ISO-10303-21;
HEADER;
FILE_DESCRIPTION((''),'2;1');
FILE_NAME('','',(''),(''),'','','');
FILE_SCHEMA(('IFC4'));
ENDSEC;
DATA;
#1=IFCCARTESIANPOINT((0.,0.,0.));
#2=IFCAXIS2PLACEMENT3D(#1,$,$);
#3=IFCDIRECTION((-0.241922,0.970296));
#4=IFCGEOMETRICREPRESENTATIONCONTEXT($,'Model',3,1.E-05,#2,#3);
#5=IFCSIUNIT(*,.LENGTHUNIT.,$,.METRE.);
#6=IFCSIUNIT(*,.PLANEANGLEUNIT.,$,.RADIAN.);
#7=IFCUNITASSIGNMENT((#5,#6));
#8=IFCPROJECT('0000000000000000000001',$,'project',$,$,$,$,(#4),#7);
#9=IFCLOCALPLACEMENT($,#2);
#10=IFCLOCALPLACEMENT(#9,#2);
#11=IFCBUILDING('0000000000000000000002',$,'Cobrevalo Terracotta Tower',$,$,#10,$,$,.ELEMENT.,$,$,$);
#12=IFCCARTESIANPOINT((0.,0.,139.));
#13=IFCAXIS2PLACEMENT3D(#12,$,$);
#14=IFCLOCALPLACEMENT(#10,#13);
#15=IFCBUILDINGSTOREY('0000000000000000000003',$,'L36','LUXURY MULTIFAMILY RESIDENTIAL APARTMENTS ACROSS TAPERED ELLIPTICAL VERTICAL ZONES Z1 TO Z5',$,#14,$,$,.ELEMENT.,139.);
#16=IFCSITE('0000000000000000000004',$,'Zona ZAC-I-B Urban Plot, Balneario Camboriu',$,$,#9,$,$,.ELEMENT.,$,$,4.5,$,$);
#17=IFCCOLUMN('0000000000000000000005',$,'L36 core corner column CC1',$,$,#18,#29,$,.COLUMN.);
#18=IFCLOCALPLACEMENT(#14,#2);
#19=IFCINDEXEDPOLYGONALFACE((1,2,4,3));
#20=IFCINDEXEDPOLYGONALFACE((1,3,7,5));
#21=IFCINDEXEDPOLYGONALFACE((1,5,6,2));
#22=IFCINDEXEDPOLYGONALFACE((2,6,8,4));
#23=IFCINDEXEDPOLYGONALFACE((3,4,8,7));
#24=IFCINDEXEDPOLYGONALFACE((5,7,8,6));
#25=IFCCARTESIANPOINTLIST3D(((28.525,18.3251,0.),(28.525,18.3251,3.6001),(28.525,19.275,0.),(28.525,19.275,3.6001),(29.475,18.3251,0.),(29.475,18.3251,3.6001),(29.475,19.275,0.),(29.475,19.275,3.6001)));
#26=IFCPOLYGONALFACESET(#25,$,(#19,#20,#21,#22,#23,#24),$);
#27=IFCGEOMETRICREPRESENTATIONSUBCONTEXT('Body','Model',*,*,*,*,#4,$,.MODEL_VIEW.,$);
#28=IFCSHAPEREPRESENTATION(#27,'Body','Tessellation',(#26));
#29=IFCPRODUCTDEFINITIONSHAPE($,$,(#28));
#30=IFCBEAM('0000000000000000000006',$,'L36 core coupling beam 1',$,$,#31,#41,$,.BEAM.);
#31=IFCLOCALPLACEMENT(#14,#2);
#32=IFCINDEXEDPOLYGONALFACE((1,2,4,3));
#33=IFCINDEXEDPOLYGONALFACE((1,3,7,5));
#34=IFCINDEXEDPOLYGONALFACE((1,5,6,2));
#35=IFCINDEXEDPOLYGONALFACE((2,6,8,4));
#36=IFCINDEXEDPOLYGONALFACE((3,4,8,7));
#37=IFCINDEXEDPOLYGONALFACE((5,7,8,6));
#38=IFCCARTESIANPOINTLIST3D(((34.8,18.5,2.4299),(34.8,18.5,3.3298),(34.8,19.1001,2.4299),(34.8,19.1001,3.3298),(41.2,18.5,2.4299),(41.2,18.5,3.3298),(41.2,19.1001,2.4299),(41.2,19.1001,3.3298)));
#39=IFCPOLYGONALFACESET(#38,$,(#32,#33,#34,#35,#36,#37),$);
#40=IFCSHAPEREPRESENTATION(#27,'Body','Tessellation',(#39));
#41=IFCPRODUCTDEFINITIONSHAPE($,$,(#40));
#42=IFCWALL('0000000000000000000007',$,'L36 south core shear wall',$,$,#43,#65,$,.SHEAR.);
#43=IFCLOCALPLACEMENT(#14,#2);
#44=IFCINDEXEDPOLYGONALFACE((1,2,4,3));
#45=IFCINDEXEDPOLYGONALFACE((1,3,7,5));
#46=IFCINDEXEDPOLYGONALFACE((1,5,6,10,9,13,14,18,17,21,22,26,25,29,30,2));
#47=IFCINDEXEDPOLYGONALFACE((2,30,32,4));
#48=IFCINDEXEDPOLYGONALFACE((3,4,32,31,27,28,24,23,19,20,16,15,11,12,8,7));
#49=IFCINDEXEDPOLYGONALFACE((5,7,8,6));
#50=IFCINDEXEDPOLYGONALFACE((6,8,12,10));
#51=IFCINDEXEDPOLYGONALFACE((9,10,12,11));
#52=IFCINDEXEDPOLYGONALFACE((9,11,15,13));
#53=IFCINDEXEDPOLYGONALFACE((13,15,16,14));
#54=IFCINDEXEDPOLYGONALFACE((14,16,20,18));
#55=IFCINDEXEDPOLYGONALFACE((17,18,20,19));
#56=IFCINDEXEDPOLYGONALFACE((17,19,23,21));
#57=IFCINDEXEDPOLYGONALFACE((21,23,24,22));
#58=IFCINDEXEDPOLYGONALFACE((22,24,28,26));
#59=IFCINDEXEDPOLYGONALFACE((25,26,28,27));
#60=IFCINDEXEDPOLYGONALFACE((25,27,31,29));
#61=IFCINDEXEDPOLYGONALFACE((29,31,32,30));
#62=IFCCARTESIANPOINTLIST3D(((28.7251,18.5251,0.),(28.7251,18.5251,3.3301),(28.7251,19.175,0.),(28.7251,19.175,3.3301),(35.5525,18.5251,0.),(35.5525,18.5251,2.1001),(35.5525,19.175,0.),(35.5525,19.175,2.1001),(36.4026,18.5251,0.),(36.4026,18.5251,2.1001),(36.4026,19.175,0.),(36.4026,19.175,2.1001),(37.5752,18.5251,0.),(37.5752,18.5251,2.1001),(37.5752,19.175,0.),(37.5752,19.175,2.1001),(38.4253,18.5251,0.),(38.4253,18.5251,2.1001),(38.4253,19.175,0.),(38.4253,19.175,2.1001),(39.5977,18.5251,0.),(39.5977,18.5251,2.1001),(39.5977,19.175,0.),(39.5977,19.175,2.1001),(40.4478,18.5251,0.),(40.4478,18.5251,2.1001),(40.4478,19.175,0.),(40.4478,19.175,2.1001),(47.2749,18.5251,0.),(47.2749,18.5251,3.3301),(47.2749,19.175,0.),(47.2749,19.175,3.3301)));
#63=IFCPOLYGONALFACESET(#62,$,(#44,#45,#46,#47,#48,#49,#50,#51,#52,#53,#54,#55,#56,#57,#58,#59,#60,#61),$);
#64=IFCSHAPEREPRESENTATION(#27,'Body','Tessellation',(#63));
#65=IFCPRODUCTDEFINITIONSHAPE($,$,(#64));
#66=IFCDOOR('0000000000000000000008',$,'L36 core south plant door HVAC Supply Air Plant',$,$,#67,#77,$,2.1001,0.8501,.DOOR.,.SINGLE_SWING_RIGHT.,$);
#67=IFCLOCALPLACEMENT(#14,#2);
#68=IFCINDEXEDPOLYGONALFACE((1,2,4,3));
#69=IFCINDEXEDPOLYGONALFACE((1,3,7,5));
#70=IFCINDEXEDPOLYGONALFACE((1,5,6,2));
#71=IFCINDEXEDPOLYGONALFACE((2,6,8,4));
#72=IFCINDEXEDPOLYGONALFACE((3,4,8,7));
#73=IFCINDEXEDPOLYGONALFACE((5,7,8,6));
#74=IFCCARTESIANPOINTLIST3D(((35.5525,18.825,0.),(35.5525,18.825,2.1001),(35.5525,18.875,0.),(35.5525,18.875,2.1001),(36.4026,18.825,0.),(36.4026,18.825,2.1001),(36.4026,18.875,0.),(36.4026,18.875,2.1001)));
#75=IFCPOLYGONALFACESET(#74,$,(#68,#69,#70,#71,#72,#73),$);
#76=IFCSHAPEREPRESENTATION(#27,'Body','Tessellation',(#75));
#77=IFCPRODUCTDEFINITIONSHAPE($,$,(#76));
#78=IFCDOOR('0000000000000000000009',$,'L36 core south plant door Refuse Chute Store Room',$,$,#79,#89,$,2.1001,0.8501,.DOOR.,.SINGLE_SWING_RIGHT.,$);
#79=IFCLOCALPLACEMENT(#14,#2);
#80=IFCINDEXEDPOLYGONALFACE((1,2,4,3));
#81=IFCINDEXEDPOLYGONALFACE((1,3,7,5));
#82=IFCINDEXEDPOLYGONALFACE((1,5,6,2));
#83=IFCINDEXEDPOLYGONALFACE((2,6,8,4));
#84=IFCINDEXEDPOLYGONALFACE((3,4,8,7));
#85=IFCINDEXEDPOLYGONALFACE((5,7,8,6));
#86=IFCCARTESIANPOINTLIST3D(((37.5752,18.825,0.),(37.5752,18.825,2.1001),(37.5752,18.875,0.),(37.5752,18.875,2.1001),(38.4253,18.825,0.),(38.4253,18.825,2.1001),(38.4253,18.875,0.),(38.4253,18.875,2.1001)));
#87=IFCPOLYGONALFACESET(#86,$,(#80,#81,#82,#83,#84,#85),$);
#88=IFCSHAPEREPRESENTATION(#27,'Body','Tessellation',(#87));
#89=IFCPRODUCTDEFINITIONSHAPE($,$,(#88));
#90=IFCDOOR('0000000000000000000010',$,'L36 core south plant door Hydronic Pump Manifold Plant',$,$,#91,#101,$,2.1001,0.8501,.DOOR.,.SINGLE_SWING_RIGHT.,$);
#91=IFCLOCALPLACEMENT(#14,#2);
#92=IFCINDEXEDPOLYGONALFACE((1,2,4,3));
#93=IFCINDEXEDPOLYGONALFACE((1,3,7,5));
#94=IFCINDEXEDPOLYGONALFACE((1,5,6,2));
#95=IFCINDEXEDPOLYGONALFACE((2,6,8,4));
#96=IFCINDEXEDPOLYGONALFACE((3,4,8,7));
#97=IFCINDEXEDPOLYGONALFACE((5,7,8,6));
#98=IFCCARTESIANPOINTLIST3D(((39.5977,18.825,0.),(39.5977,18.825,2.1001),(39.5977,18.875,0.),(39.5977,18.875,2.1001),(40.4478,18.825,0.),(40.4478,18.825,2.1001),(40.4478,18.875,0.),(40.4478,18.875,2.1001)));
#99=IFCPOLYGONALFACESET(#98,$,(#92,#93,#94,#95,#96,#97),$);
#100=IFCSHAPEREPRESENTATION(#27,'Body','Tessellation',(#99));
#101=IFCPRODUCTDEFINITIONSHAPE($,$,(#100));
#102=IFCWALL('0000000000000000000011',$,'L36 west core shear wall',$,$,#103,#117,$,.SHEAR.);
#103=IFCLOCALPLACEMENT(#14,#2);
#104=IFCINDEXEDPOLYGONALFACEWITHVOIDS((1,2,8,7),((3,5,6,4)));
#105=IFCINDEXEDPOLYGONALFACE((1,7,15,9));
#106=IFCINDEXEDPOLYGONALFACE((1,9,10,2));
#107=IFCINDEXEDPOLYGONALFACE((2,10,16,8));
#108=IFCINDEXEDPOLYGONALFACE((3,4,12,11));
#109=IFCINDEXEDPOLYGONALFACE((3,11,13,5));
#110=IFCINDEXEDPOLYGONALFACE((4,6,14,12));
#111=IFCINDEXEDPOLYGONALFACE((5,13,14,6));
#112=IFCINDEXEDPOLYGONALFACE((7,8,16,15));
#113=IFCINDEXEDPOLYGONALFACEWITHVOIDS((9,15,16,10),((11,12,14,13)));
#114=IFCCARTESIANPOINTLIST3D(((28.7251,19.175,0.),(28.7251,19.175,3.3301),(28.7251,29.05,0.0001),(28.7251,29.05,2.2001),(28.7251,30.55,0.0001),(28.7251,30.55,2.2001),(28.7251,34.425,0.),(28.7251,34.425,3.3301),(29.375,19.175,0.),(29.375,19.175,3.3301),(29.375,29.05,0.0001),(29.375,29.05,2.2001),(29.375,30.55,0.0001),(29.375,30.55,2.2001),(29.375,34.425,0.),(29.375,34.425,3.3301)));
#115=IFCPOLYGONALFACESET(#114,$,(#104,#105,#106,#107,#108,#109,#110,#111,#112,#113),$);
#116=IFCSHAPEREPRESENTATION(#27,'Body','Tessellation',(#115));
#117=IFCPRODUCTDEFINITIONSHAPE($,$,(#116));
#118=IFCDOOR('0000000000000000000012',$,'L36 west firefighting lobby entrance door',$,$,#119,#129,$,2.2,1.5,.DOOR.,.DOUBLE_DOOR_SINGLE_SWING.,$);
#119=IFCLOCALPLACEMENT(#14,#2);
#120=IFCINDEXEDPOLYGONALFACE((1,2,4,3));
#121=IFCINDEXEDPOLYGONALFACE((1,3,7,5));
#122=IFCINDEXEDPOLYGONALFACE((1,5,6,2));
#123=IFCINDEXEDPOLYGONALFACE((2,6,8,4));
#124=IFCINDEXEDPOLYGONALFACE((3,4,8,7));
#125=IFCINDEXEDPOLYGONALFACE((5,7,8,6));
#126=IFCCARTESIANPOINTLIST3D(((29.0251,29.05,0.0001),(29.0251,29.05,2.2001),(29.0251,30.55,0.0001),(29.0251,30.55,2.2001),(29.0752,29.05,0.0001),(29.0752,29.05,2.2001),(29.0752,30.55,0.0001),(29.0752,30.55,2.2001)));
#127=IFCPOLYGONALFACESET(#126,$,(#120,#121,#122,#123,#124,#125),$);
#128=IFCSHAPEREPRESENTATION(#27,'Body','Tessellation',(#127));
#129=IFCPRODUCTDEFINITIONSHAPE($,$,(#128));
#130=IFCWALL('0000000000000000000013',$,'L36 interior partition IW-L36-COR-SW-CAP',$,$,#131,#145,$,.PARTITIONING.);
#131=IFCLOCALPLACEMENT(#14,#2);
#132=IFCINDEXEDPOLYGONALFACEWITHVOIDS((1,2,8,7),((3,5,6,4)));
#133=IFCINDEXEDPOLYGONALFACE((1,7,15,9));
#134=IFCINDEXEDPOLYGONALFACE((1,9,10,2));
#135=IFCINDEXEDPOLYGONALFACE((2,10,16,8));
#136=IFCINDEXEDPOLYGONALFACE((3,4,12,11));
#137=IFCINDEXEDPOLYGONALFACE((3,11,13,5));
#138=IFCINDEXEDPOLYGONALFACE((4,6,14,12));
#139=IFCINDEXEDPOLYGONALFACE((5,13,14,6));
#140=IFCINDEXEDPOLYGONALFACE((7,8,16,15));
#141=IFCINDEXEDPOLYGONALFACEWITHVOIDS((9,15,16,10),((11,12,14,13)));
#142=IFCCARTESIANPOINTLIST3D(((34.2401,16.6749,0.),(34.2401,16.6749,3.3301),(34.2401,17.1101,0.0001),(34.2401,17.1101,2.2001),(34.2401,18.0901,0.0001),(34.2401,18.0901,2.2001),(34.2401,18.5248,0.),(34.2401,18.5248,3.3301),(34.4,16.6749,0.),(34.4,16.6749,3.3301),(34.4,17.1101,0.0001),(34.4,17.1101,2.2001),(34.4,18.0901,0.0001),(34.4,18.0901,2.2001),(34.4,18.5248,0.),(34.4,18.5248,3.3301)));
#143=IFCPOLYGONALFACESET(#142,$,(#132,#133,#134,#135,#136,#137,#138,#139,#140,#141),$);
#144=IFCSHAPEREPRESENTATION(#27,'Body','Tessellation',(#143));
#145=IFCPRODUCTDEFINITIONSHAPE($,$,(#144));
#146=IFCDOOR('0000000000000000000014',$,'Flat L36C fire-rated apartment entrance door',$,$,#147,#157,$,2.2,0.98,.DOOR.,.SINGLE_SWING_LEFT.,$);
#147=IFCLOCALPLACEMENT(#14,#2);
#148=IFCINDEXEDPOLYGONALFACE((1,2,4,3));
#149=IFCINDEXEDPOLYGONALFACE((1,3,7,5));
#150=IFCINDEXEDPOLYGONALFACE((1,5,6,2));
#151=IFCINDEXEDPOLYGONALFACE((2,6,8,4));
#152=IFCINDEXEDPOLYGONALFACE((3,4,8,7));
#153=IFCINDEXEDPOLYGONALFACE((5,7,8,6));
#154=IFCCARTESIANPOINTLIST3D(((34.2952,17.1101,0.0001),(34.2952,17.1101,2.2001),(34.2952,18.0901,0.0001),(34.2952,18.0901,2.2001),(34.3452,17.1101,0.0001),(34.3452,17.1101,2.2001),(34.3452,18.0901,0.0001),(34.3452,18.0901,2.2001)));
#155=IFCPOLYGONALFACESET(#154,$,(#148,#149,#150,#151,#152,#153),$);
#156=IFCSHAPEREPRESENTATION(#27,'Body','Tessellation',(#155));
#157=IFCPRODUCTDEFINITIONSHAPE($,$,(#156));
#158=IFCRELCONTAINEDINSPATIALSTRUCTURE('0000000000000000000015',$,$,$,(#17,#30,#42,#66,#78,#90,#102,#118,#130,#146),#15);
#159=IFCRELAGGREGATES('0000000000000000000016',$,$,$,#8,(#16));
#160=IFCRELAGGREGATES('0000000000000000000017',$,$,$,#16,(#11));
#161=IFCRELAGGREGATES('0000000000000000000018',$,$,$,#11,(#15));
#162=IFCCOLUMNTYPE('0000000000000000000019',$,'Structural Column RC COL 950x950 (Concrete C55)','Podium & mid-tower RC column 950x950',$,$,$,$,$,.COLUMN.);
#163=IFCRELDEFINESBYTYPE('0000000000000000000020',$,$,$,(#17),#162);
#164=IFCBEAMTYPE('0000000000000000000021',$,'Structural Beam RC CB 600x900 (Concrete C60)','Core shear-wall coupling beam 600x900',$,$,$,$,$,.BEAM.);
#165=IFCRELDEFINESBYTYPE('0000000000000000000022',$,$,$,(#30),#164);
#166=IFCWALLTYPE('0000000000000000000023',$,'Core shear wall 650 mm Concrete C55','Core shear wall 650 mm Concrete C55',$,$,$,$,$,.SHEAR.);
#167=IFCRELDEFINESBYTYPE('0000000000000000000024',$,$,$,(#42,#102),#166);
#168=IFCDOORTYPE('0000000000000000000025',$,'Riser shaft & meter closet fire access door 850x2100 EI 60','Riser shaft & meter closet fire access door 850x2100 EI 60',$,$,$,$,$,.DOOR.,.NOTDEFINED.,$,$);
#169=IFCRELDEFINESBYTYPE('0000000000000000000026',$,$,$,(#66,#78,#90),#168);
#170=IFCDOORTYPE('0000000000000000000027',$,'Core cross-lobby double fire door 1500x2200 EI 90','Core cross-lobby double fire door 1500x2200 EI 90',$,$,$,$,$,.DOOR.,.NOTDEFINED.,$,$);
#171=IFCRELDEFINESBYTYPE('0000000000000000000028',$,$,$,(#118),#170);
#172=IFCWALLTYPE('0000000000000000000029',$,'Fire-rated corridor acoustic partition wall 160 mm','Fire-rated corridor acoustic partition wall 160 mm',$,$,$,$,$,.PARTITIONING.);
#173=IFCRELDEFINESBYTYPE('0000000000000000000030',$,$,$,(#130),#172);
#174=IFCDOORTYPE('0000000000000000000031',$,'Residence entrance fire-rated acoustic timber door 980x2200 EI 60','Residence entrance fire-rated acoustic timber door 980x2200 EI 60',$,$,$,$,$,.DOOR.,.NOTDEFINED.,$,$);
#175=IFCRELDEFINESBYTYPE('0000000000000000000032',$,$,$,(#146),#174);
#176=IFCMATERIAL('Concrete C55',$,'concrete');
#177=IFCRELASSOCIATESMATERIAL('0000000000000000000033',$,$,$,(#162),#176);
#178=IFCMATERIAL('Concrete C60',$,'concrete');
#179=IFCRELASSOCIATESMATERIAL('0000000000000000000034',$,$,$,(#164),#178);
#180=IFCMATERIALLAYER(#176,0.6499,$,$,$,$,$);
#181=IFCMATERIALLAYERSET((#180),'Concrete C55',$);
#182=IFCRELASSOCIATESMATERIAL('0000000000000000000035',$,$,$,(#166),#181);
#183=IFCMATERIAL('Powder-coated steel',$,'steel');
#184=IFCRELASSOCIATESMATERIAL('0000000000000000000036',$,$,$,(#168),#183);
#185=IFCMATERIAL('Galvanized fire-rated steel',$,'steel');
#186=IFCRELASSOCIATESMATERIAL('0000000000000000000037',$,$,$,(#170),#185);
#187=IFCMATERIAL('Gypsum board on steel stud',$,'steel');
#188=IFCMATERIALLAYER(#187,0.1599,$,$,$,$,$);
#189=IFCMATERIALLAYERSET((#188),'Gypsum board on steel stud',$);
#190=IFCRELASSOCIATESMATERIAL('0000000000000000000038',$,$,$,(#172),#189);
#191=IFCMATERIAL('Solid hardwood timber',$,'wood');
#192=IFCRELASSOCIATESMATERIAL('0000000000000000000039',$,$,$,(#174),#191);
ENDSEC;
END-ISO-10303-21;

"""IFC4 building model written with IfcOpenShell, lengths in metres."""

from ifc_helpers import new_model, si_unit, direction, frame, frame_2d, origin, origin_2d, place, context, subcontext, project, spatial, rectangle, extrude, source, transform, mapped, material, layer, layer_set, material_profile, profile_set, type_object, element, fill, save


model = new_model("IFC4")

# Units and contexts
model_context = context("Model", 3, precision=1e-05, world=origin(), true_north=direction((-0.241922, 0.970296)))
body_context = subcontext(model_context, "Body", "Model", "MODEL_VIEW")
ifc_project = project(units=[si_unit("LENGTHUNIT", "METRE"), si_unit("PLANEANGLEUNIT", "RADIAN")], contexts=[model_context])

# Site, building, storey
site_placement = place(None, origin())
site = spatial("IfcSite", under=ifc_project, at=site_placement, Name="Zona ZAC-I-B Urban Plot, Balneario Camboriu", CompositionType="ELEMENT", RefElevation=4.5)
building_placement = place(site_placement, origin())
building = spatial("IfcBuilding", under=site, at=building_placement, Name="Cobrevalo Terracotta Tower", CompositionType="ELEMENT")
storey_placement = place(building_placement, frame((0.0, 0.0, 139.0)))
storey = spatial("IfcBuildingStorey", under=building, at=storey_placement, Name="L36", Description="LUXURY MULTIFAMILY RESIDENTIAL APARTMENTS ACROSS TAPERED ELLIPTICAL VERTICAL ZONES Z1 TO Z5", CompositionType="ELEMENT", Elevation=139.0)

# Column
ifc_material_1 = material(Name="Concrete C55", Category="concrete")
ifc_material_profile_1 = material_profile(ifc_material_1, rectangle(XDim=0.95, YDim=0.95, at=origin_2d()), Name="RC COL 950x950")
ifc_profile_set_1 = profile_set([ifc_material_profile_1], Name="Concrete C55")
column_type = type_object("IfcColumnType", Name="Structural Column RC COL 950x950 (Concrete C55)", Description="Podium & mid-tower RC column 950x950", PredefinedType="COLUMN", material=ifc_profile_set_1)
column_placement = place(storey_placement, frame((29.0, 18.8, 0.0), z_axis=(0.0, 0.0, 1.0), x_axis=(1.0, 0.0, 0.0)))
element("IfcColumn", 1, at=column_placement, inside=storey, type_object=column_type, Name="L36 core corner column CC1", PredefinedType="COLUMN", context=body_context, shape_type="SweptSolid", body=[
    extrude(rectangle(XDim=0.95, YDim=0.95, at=origin_2d()), origin(), (0.0, 0.0, 1.0), 3.6001),
])

# Beam
ifc_material_2 = material(Name="Concrete C60", Category="concrete")
ifc_material_profile_2 = material_profile(ifc_material_2, rectangle(XDim=0.6001, YDim=0.8999, at=origin_2d()), Name="RC CB 600x900")
ifc_profile_set_2 = profile_set([ifc_material_profile_2], Name="Concrete C60")
beam_type = type_object("IfcBeamType", Name="Structural Beam RC CB 600x900 (Concrete C60)", Description="Core shear-wall coupling beam 600x900", PredefinedType="BEAM", material=ifc_profile_set_2)
beam_placement = place(storey_placement, frame((34.8, 18.8, 2.8799), z_axis=(1.0, 0.0, 0.0), x_axis=(0.0, 1.0, 0.0)))
element("IfcBeam", 2, at=beam_placement, inside=storey, type_object=beam_type, Name="L36 core coupling beam 1", PredefinedType="BEAM", context=body_context, shape_type="SweptSolid", body=[
    extrude(rectangle(XDim=0.6001, YDim=0.8999, at=origin_2d()), origin(), (0.0, 0.0, 1.0), 6.3999),
])

# Wall, openings, doors
ifc_layer_1 = layer(ifc_material_1, 0.6499)
ifc_layer_set_1 = layer_set([ifc_layer_1], Name="Concrete C55")
wall_type_1 = type_object("IfcWallType", Name="Core shear wall 650 mm Concrete C55", Description="Core shear wall 650 mm Concrete C55", PredefinedType="SHEAR", material=ifc_layer_set_1)
wall_1_placement = place(storey_placement, frame((28.7251, 18.8501, 0.0), z_axis=(0.0, 0.0, 1.0), x_axis=(1.0, 0.0, 0.0)))
wall_1 = element("IfcWall", 3, at=wall_1_placement, inside=storey, type_object=wall_type_1, Name="L36 south core shear wall", PredefinedType="SHEAR", context=body_context, shape_type="SweptSolid", body=[
    extrude(rectangle(XDim=18.5498, YDim=0.6499, at=frame_2d((9.2749, 0.0))), origin(), (0.0, 0.0, 1.0), 3.3301),
])
opening_1_placement = place(wall_1_placement, frame((6.8274, 0.0, 0.0)))
opening_1 = element("IfcOpeningElement", 4, at=opening_1_placement, cuts=wall_1, PredefinedType="OPENING", context=body_context, shape_type="SweptSolid", body=[
    extrude(rectangle(XDim=0.8501, YDim=2.1001, at=frame_2d((0.425, 1.05))), frame((0.0, 0.335, 0.0), z_axis=(0.0, -1.0, 0.0), x_axis=(1.0, 0.0, 0.0)), (0.0, 0.0, 1.0), 0.6699),
])
opening_2_placement = place(wall_1_placement, frame((8.8501, 0.0, 0.0)))
opening_2 = element("IfcOpeningElement", 5, at=opening_2_placement, cuts=wall_1, PredefinedType="OPENING", context=body_context, shape_type="SweptSolid", body=[
    extrude(rectangle(XDim=0.8501, YDim=2.1001, at=frame_2d((0.425, 1.05))), frame((0.0, 0.335, 0.0), z_axis=(0.0, -1.0, 0.0), x_axis=(1.0, 0.0, 0.0)), (0.0, 0.0, 1.0), 0.6699),
])
opening_3_placement = place(wall_1_placement, frame((10.8726, 0.0, 0.0)))
opening_3 = element("IfcOpeningElement", 6, at=opening_3_placement, cuts=wall_1, PredefinedType="OPENING", context=body_context, shape_type="SweptSolid", body=[
    extrude(rectangle(XDim=0.8501, YDim=2.1001, at=frame_2d((0.425, 1.05))), frame((0.0, 0.335, 0.0), z_axis=(0.0, -1.0, 0.0), x_axis=(1.0, 0.0, 0.0)), (0.0, 0.0, 1.0), 0.6699),
])
ifc_material_3 = material(Name="Powder-coated steel", Category="steel")
door_type_1 = type_object("IfcDoorType", Name="Riser shaft & meter closet fire access door 850x2100 EI 60", Description="Riser shaft & meter closet fire access door 850x2100 EI 60", OperationType="NOTDEFINED", PredefinedType="DOOR", material=ifc_material_3)
shared_shape_1 = source(origin(), body_context, "Body", "SweptSolid", [
    extrude(rectangle(XDim=0.8501, YDim=2.1001, at=frame_2d((0.425, 1.05))), frame((0.0, 0.0249, 0.0), z_axis=(0.0, -1.0, 0.0), x_axis=(1.0, 0.0, 0.0)), (0.0, 0.0, 1.0), 0.05),
])
door_1_placement = place(opening_1_placement, origin())
door_1 = element("IfcDoor", 7, at=door_1_placement, inside=storey, type_object=door_type_1, Name="L36 core south plant door HVAC Supply Air Plant", OperationType="SINGLE_SWING_RIGHT", OverallHeight=2.1001, OverallWidth=0.8501, PredefinedType="DOOR", context=body_context, shape_type="MappedRepresentation", body=[
    mapped(shared_shape_1, transform((0.0, 0.0, 0.0), scale=1.0)),
])
fill(opening_1, door_1)
door_2_placement = place(opening_2_placement, origin())
door_2 = element("IfcDoor", 8, at=door_2_placement, inside=storey, type_object=door_type_1, Name="L36 core south plant door Refuse Chute Store Room", OperationType="SINGLE_SWING_RIGHT", OverallHeight=2.1001, OverallWidth=0.8501, PredefinedType="DOOR", context=body_context, shape_type="MappedRepresentation", body=[
    mapped(shared_shape_1, transform((0.0, 0.0, 0.0), scale=1.0)),
])
fill(opening_2, door_2)
door_3_placement = place(opening_3_placement, origin())
door_3 = element("IfcDoor", 9, at=door_3_placement, inside=storey, type_object=door_type_1, Name="L36 core south plant door Hydronic Pump Manifold Plant", OperationType="SINGLE_SWING_RIGHT", OverallHeight=2.1001, OverallWidth=0.8501, PredefinedType="DOOR", context=body_context, shape_type="MappedRepresentation", body=[
    mapped(shared_shape_1, transform((0.0, 0.0, 0.0), scale=1.0)),
])
fill(opening_3, door_3)

# Walls, openings, doors
wall_2_placement = place(storey_placement, frame((29.05, 19.175, 0.0), z_axis=(0.0, 0.0, 1.0), x_axis=(0.0, 1.0, 0.0)))
wall_2 = element("IfcWall", 10, at=wall_2_placement, inside=storey, type_object=wall_type_1, Name="L36 west core shear wall", PredefinedType="SHEAR", context=body_context, shape_type="SweptSolid", body=[
    extrude(rectangle(XDim=15.25, YDim=0.6499, at=frame_2d((7.625, 0.0))), origin(), (0.0, 0.0, 1.0), 3.3301),
])
opening_4_placement = place(wall_2_placement, frame((9.875, 0.0, 0.0)))
opening_4 = element("IfcOpeningElement", 11, at=opening_4_placement, cuts=wall_2, PredefinedType="OPENING", context=body_context, shape_type="SweptSolid", body=[
    extrude(rectangle(XDim=1.5, YDim=2.2, at=frame_2d((0.75, 1.1001))), frame((0.0, 0.335, 0.0), z_axis=(0.0, -1.0, 0.0), x_axis=(1.0, 0.0, 0.0)), (0.0, 0.0, 1.0), 0.6699),
])
ifc_material_4 = material(Name="Galvanized fire-rated steel", Category="steel")
door_type_2 = type_object("IfcDoorType", Name="Core cross-lobby double fire door 1500x2200 EI 90", Description="Core cross-lobby double fire door 1500x2200 EI 90", OperationType="NOTDEFINED", PredefinedType="DOOR", material=ifc_material_4)
shared_shape_2 = source(origin(), body_context, "Body", "SweptSolid", [
    extrude(rectangle(XDim=1.5, YDim=2.2, at=frame_2d((0.75, 1.1001))), frame((0.0, 0.0249, 0.0), z_axis=(0.0, -1.0, 0.0), x_axis=(1.0, 0.0, 0.0)), (0.0, 0.0, 1.0), 0.05),
])
door_4_placement = place(opening_4_placement, origin())
door_4 = element("IfcDoor", 12, at=door_4_placement, inside=storey, type_object=door_type_2, Name="L36 west firefighting lobby entrance door", OperationType="DOUBLE_DOOR_SINGLE_SWING", OverallHeight=2.2, OverallWidth=1.5, PredefinedType="DOOR", context=body_context, shape_type="MappedRepresentation", body=[
    mapped(shared_shape_2, transform((0.0, 0.0, 0.0), scale=1.0)),
])
fill(opening_4, door_4)
ifc_material_5 = material(Name="Gypsum board on steel stud", Category="steel")
ifc_layer_2 = layer(ifc_material_5, 0.1599)
ifc_layer_set_2 = layer_set([ifc_layer_2], Name="Gypsum board on steel stud")
wall_type_2 = type_object("IfcWallType", Name="Fire-rated corridor acoustic partition wall 160 mm", Description="Fire-rated corridor acoustic partition wall 160 mm", PredefinedType="PARTITIONING", material=ifc_layer_set_2)
wall_3_placement = place(storey_placement, frame((34.3201, 16.675, 0.0), z_axis=(0.0, 0.0, 1.0), x_axis=(0.0, 1.0, 0.0)))
wall_3 = element("IfcWall", 13, at=wall_3_placement, inside=storey, type_object=wall_type_2, Name="L36 interior partition IW-L36-COR-SW-CAP", PredefinedType="PARTITIONING", context=body_context, shape_type="SweptSolid", body=[
    extrude(rectangle(XDim=1.8499, YDim=0.1599, at=frame_2d((0.9248, 0.0))), origin(), (0.0, 0.0, 1.0), 3.3301),
])
opening_5_placement = place(wall_3_placement, frame((0.4351, 0.0, 0.0)))
opening_5 = element("IfcOpeningElement", 14, at=opening_5_placement, cuts=wall_3, PredefinedType="OPENING", context=body_context, shape_type="SweptSolid", body=[
    extrude(rectangle(XDim=0.98, YDim=2.2, at=frame_2d((0.49, 1.1001))), frame((0.0, 0.0898, 0.0), z_axis=(0.0, -1.0, 0.0), x_axis=(1.0, 0.0, 0.0)), (0.0, 0.0, 1.0), 0.1799),
])
ifc_material_6 = material(Name="Solid hardwood timber", Category="wood")
door_type_3 = type_object("IfcDoorType", Name="Residence entrance fire-rated acoustic timber door 980x2200 EI 60", Description="Residence entrance fire-rated acoustic timber door 980x2200 EI 60", OperationType="NOTDEFINED", PredefinedType="DOOR", material=ifc_material_6)
shared_shape_3 = source(origin(), body_context, "Body", "SweptSolid", [
    extrude(rectangle(XDim=0.98, YDim=2.2, at=frame_2d((0.49, 1.1001))), frame((0.0, 0.0249, 0.0), z_axis=(0.0, -1.0, 0.0), x_axis=(1.0, 0.0, 0.0)), (0.0, 0.0, 1.0), 0.05),
])
door_5_placement = place(opening_5_placement, origin())
door_5 = element("IfcDoor", 15, at=door_5_placement, inside=storey, type_object=door_type_3, Name="Flat L36C fire-rated apartment entrance door", OperationType="SINGLE_SWING_LEFT", OverallHeight=2.2, OverallWidth=0.98, PredefinedType="DOOR", context=body_context, shape_type="MappedRepresentation", body=[
    mapped(shared_shape_3, transform((0.0, 0.0, 0.0), scale=1.0)),
])
fill(opening_5, door_5)

save(model, "model.ifc")
